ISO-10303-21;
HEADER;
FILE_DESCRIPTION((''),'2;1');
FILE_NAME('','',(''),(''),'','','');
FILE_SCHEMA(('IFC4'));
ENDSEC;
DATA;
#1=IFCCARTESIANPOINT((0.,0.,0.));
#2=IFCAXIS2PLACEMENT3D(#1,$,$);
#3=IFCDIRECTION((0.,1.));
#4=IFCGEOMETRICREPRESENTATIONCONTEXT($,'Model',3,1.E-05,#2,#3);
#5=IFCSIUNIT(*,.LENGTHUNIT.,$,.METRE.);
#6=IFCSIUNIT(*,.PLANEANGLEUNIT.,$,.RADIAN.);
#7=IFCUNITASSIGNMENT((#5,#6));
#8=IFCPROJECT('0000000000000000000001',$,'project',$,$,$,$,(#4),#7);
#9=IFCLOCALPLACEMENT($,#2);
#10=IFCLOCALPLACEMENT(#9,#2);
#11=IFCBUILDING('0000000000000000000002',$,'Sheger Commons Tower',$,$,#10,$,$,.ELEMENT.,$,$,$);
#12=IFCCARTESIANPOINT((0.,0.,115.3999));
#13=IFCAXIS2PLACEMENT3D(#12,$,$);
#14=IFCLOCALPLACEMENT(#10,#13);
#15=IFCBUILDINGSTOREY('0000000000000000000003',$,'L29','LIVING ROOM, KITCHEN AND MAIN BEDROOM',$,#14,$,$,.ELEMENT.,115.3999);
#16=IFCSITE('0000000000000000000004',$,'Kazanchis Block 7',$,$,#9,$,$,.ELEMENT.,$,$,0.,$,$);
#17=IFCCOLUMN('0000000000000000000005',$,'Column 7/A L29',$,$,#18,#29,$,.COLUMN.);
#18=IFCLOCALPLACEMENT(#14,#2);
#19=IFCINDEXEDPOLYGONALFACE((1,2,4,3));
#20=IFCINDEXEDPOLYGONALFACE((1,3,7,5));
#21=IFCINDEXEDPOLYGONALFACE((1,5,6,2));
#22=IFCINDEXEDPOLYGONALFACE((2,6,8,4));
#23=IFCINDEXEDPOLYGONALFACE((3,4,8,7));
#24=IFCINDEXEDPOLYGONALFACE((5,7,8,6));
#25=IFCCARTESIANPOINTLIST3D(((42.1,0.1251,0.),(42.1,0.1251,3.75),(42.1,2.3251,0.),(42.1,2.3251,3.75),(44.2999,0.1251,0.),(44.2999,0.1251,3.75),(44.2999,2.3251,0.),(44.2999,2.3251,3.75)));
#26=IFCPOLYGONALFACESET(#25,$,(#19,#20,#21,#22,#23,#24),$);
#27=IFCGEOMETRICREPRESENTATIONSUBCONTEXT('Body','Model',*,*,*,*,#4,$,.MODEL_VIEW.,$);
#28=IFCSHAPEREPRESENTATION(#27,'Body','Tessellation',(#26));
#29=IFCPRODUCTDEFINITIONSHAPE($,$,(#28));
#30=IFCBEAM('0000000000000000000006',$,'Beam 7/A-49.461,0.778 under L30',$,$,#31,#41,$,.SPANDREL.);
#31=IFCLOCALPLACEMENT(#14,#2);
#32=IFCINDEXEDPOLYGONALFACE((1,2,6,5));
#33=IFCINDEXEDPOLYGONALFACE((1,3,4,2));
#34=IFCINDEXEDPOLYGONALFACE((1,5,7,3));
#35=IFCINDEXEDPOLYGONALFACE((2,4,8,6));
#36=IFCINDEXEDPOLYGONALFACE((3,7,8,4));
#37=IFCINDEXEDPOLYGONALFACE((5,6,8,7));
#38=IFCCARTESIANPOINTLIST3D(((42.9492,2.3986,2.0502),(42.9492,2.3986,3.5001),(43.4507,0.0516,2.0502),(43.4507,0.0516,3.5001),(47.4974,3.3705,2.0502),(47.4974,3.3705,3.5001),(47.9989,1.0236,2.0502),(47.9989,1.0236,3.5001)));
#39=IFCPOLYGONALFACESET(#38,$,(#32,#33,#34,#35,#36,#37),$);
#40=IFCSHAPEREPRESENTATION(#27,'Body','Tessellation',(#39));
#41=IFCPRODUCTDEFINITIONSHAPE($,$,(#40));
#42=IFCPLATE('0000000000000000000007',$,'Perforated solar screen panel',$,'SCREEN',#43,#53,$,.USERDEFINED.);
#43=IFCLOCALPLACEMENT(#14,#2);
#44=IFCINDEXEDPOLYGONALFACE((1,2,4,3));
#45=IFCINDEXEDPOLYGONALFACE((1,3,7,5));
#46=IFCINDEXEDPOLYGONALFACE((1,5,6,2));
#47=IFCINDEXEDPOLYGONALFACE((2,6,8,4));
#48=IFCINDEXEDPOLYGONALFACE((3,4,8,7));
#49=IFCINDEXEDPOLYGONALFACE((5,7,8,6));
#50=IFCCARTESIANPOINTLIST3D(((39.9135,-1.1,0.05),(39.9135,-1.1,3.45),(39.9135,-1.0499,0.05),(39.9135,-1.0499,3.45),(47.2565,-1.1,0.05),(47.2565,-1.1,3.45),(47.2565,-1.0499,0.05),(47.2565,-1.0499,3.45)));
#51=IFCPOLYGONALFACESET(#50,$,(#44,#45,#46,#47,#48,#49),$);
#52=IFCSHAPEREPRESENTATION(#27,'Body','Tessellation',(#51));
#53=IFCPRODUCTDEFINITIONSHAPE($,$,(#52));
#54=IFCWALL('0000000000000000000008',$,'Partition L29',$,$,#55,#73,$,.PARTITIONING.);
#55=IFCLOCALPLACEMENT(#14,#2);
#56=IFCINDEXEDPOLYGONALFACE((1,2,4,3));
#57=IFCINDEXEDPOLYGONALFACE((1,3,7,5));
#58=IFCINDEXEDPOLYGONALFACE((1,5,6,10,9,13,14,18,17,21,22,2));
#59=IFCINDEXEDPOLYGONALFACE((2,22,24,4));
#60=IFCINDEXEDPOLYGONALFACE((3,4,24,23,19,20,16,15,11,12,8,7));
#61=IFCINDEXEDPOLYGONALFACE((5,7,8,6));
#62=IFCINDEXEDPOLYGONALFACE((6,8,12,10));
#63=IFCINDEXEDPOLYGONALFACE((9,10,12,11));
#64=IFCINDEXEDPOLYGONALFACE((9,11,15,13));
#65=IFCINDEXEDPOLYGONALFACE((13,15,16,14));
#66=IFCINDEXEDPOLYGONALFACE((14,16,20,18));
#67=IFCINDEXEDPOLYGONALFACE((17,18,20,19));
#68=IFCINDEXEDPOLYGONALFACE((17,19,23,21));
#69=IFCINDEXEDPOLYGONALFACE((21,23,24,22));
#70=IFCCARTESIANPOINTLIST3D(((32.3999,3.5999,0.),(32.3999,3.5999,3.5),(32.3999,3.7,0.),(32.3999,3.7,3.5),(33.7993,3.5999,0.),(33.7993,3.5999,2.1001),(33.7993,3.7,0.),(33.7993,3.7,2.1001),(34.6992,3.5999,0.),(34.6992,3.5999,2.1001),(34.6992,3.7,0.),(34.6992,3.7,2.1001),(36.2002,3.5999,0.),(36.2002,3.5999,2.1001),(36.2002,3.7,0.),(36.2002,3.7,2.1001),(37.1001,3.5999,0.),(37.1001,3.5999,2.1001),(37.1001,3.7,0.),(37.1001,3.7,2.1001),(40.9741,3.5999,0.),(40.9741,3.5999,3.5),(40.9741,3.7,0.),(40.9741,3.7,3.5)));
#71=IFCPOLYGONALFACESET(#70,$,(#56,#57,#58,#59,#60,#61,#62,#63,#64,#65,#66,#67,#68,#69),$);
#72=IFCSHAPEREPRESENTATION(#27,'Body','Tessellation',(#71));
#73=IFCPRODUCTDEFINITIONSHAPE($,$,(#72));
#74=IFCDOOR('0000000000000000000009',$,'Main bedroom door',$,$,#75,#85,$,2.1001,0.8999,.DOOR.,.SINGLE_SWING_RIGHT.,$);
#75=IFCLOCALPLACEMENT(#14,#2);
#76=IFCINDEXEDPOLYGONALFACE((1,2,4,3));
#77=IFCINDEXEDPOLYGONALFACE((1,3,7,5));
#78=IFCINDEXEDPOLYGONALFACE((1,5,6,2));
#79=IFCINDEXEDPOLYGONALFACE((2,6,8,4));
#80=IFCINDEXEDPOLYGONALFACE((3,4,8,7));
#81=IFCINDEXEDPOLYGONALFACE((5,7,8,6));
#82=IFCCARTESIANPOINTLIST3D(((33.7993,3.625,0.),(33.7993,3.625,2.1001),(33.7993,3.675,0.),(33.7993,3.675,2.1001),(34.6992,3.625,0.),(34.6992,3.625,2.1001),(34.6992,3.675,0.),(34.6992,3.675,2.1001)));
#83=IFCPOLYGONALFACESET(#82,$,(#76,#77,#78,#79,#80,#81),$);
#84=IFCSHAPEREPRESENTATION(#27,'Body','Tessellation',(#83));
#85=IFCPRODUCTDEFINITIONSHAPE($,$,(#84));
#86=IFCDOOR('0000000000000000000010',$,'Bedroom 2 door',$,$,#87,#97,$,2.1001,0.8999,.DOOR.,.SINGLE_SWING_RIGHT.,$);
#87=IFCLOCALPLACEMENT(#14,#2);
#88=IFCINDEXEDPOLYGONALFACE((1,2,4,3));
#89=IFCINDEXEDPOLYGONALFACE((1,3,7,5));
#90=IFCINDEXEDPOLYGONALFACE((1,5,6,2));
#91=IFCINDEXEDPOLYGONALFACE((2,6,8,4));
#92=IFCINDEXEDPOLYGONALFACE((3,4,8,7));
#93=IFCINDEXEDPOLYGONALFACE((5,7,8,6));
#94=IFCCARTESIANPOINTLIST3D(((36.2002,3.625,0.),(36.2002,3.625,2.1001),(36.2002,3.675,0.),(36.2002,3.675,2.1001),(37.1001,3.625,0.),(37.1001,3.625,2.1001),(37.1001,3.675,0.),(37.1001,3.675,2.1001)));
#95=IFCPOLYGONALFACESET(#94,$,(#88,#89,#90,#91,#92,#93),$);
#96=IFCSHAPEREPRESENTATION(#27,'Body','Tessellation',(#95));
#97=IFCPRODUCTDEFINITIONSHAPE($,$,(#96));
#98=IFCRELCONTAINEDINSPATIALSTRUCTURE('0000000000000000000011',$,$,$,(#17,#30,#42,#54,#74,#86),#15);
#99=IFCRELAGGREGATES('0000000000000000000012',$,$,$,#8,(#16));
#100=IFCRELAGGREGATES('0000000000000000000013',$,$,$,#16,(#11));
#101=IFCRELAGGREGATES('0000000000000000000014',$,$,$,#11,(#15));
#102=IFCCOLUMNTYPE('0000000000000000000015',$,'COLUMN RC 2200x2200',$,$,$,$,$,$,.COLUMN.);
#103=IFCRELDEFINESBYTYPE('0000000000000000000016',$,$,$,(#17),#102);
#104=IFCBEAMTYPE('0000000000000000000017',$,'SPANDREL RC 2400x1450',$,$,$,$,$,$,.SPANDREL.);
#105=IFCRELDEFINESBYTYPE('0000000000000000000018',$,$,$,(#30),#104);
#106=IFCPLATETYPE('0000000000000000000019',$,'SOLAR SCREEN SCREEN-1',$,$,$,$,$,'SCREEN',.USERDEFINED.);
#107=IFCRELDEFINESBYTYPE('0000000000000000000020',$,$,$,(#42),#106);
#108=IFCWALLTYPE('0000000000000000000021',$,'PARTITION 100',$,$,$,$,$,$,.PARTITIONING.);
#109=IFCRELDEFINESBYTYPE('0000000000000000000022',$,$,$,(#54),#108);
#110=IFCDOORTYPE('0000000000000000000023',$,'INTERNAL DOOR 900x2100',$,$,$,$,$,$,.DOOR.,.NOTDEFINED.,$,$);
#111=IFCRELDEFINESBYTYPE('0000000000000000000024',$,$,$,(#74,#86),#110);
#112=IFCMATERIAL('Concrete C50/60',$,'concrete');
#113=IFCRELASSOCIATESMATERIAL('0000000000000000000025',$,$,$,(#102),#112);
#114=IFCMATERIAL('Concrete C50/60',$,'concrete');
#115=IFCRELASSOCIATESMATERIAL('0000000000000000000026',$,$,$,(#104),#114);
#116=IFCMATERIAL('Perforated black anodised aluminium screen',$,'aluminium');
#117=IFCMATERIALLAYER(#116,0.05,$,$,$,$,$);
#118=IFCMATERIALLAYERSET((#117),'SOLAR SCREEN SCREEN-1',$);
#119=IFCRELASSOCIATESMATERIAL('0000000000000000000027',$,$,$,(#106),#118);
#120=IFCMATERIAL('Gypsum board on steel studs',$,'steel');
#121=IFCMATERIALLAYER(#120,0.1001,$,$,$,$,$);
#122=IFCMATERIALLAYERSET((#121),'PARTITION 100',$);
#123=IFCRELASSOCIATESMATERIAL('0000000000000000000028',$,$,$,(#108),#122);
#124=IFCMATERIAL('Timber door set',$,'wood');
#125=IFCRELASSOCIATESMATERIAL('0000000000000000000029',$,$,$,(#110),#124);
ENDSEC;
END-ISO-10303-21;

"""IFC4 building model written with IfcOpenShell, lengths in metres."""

from ifc_helpers import new_model, si_unit, direction, frame, frame_2d, origin, origin_2d, place, context, subcontext, project, spatial, rectangle, extrude, material, layer, layer_set, material_profile, profile_set, type_object, element, fill, save


model = new_model("IFC4")

# Units and contexts
model_context = context("Model", 3, precision=1e-05, world=origin(), true_north=direction((0.0, 1.0)))
body_context = subcontext(model_context, "Body", "Model", "MODEL_VIEW")
ifc_project = project(units=[si_unit("LENGTHUNIT", "METRE"), si_unit("PLANEANGLEUNIT", "RADIAN")], contexts=[model_context])

# Site, building, storey
site_placement = place(None, origin())
site = spatial("IfcSite", under=ifc_project, at=site_placement, Name="Kazanchis Block 7", CompositionType="ELEMENT", RefElevation=0.0)
building_placement = place(site_placement, origin())
building = spatial("IfcBuilding", under=site, at=building_placement, Name="Sheger Commons Tower", CompositionType="ELEMENT")
storey_placement = place(building_placement, frame((0.0, 0.0, 115.3999)))
storey = spatial("IfcBuildingStorey", under=building, at=storey_placement, Name="L29", Description="LIVING ROOM, KITCHEN AND MAIN BEDROOM", CompositionType="ELEMENT", Elevation=115.3999)

# Column
ifc_material_1 = material(Name="Concrete C50/60", Category="concrete")
ifc_material_profile_1 = material_profile(ifc_material_1, rectangle(XDim=2.2, YDim=2.2, at=origin_2d()), Name="RC 2200x2200")
ifc_profile_set_1 = profile_set([ifc_material_profile_1], Name="Concrete C50/60")
column_type = type_object("IfcColumnType", Name="COLUMN RC 2200x2200", PredefinedType="COLUMN", material=ifc_profile_set_1)
column_placement = place(storey_placement, frame((43.2, 1.2251, 0.0), z_axis=(0.0, 0.0, 1.0), x_axis=(1.0, 0.0, 0.0)))
element("IfcColumn", 1, at=column_placement, inside=storey, type_object=column_type, Name="Column 7/A L29", PredefinedType="COLUMN", context=body_context, shape_type="SweptSolid", body=[
    extrude(rectangle(XDim=2.2, YDim=2.2, at=origin_2d()), origin(), (0.0, 0.0, 1.0), 3.75),
])

# Beam
ifc_material_2 = material(Name="Concrete C50/60", Category="concrete")
ifc_material_profile_2 = material_profile(ifc_material_2, rectangle(XDim=2.3999, YDim=1.45, at=origin_2d()), Name="RC 2400x1450")
ifc_profile_set_2 = profile_set([ifc_material_profile_2], Name="Concrete C50/60")
beam_type = type_object("IfcBeamType", Name="SPANDREL RC 2400x1450", PredefinedType="SPANDREL", material=ifc_profile_set_2)
beam_placement = place(storey_placement, frame((43.2, 1.2251, 2.7751), z_axis=(0.97792, 0.208981, 0.0), x_axis=(-0.208981, 0.97792, 0.0)))
element("IfcBeam", 2, at=beam_placement, inside=storey, type_object=beam_type, Name="Beam 7/A-49.461,0.778 under L30", PredefinedType="SPANDREL", context=body_context, shape_type="SweptSolid", body=[
    extrude(rectangle(XDim=2.3999, YDim=1.45, at=origin_2d()), origin(), (0.0, 0.0, 1.0), 4.6509),
])

# Plate
ifc_material_3 = material(Name="Perforated black anodised aluminium screen", Category="aluminium")
ifc_layer_1 = layer(ifc_material_3, 0.05)
ifc_layer_set_1 = layer_set([ifc_layer_1], Name="SOLAR SCREEN SCREEN-1")
plate_type = type_object("IfcPlateType", Name="SOLAR SCREEN SCREEN-1", ElementType="SCREEN", PredefinedType="USERDEFINED", material=ifc_layer_set_1)
plate_placement = place(storey_placement, frame((43.585, -1.075, 0.05), z_axis=(0.0, 0.0, 1.0), x_axis=(1.0, 0.0, 0.0)))
element("IfcPlate", 3, at=plate_placement, inside=storey, type_object=plate_type, Name="Perforated solar screen panel", ObjectType="SCREEN", PredefinedType="USERDEFINED", context=body_context, shape_type="SweptSolid", body=[
    extrude(rectangle(XDim=7.343, YDim=0.05, at=origin_2d()), origin(), (0.0, 0.0, 1.0), 3.3999),
])

# Wall, openings, doors
ifc_material_4 = material(Name="Gypsum board on steel studs", Category="steel")
ifc_layer_2 = layer(ifc_material_4, 0.1001)
ifc_layer_set_2 = layer_set([ifc_layer_2], Name="PARTITION 100")
wall_type = type_object("IfcWallType", Name="PARTITION 100", PredefinedType="PARTITIONING", material=ifc_layer_set_2)
wall_1_placement = place(storey_placement, frame((40.9741, 3.6499, 0.0), z_axis=(0.0, 0.0, 1.0), x_axis=(-1.0, 0.0, 0.0)))
wall_1 = element("IfcWall", 4, at=wall_1_placement, inside=storey, type_object=wall_type, Name="Partition L29", PredefinedType="PARTITIONING", context=body_context, shape_type="SweptSolid", body=[
    extrude(rectangle(XDim=8.5742, YDim=0.1001, at=frame_2d((4.2871, 0.0))), origin(), (0.0, 0.0, 1.0), 3.5),
])
opening_1_placement = place(wall_1_placement, frame((6.2749, 0.0, 0.0)))
opening_1 = element("IfcOpeningElement", 5, at=opening_1_placement, cuts=wall_1, PredefinedType="OPENING", context=body_context, shape_type="SweptSolid", body=[
    extrude(rectangle(XDim=0.8999, YDim=2.1001, at=frame_2d((0.45, 1.05))), frame((0.0, 0.0601, 0.0), z_axis=(0.0, -1.0, 0.0), x_axis=(1.0, 0.0, 0.0)), (0.0, 0.0, 1.0), 0.1201),
])
opening_2_placement = place(wall_1_placement, frame((3.874, 0.0, 0.0)))
opening_2 = element("IfcOpeningElement", 6, at=opening_2_placement, cuts=wall_1, PredefinedType="OPENING", context=body_context, shape_type="SweptSolid", body=[
    extrude(rectangle(XDim=0.8999, YDim=2.1001, at=frame_2d((0.45, 1.05))), frame((0.0, 0.0601, 0.0), z_axis=(0.0, -1.0, 0.0), x_axis=(1.0, 0.0, 0.0)), (0.0, 0.0, 1.0), 0.1201),
])
ifc_material_5 = material(Name="Timber door set", Category="wood")
door_type = type_object("IfcDoorType", Name="INTERNAL DOOR 900x2100", OperationType="NOTDEFINED", PredefinedType="DOOR", material=ifc_material_5)
door_1_placement = place(opening_1_placement, origin())
door_1 = element("IfcDoor", 7, at=door_1_placement, inside=storey, type_object=door_type, Name="Main bedroom door", OperationType="SINGLE_SWING_RIGHT", OverallHeight=2.1001, OverallWidth=0.8999, PredefinedType="DOOR", context=body_context, shape_type="SweptSolid", body=[
    extrude(rectangle(XDim=0.8999, YDim=2.1001, at=frame_2d((0.45, 1.05))), frame((0.0, 0.0249, 0.0), z_axis=(0.0, -1.0, 0.0), x_axis=(1.0, 0.0, 0.0)), (0.0, 0.0, 1.0), 0.05),
])
fill(opening_1, door_1)
door_2_placement = place(opening_2_placement, origin())
door_2 = element("IfcDoor", 8, at=door_2_placement, inside=storey, type_object=door_type, Name="Bedroom 2 door", OperationType="SINGLE_SWING_RIGHT", OverallHeight=2.1001, OverallWidth=0.8999, PredefinedType="DOOR", context=body_context, shape_type="SweptSolid", body=[
    extrude(rectangle(XDim=0.8999, YDim=2.1001, at=frame_2d((0.45, 1.05))), frame((0.0, 0.0249, 0.0), z_axis=(0.0, -1.0, 0.0), x_axis=(1.0, 0.0, 0.0)), (0.0, 0.0, 1.0), 0.05),
])
fill(opening_2, door_2)

save(model, "model.ifc")
